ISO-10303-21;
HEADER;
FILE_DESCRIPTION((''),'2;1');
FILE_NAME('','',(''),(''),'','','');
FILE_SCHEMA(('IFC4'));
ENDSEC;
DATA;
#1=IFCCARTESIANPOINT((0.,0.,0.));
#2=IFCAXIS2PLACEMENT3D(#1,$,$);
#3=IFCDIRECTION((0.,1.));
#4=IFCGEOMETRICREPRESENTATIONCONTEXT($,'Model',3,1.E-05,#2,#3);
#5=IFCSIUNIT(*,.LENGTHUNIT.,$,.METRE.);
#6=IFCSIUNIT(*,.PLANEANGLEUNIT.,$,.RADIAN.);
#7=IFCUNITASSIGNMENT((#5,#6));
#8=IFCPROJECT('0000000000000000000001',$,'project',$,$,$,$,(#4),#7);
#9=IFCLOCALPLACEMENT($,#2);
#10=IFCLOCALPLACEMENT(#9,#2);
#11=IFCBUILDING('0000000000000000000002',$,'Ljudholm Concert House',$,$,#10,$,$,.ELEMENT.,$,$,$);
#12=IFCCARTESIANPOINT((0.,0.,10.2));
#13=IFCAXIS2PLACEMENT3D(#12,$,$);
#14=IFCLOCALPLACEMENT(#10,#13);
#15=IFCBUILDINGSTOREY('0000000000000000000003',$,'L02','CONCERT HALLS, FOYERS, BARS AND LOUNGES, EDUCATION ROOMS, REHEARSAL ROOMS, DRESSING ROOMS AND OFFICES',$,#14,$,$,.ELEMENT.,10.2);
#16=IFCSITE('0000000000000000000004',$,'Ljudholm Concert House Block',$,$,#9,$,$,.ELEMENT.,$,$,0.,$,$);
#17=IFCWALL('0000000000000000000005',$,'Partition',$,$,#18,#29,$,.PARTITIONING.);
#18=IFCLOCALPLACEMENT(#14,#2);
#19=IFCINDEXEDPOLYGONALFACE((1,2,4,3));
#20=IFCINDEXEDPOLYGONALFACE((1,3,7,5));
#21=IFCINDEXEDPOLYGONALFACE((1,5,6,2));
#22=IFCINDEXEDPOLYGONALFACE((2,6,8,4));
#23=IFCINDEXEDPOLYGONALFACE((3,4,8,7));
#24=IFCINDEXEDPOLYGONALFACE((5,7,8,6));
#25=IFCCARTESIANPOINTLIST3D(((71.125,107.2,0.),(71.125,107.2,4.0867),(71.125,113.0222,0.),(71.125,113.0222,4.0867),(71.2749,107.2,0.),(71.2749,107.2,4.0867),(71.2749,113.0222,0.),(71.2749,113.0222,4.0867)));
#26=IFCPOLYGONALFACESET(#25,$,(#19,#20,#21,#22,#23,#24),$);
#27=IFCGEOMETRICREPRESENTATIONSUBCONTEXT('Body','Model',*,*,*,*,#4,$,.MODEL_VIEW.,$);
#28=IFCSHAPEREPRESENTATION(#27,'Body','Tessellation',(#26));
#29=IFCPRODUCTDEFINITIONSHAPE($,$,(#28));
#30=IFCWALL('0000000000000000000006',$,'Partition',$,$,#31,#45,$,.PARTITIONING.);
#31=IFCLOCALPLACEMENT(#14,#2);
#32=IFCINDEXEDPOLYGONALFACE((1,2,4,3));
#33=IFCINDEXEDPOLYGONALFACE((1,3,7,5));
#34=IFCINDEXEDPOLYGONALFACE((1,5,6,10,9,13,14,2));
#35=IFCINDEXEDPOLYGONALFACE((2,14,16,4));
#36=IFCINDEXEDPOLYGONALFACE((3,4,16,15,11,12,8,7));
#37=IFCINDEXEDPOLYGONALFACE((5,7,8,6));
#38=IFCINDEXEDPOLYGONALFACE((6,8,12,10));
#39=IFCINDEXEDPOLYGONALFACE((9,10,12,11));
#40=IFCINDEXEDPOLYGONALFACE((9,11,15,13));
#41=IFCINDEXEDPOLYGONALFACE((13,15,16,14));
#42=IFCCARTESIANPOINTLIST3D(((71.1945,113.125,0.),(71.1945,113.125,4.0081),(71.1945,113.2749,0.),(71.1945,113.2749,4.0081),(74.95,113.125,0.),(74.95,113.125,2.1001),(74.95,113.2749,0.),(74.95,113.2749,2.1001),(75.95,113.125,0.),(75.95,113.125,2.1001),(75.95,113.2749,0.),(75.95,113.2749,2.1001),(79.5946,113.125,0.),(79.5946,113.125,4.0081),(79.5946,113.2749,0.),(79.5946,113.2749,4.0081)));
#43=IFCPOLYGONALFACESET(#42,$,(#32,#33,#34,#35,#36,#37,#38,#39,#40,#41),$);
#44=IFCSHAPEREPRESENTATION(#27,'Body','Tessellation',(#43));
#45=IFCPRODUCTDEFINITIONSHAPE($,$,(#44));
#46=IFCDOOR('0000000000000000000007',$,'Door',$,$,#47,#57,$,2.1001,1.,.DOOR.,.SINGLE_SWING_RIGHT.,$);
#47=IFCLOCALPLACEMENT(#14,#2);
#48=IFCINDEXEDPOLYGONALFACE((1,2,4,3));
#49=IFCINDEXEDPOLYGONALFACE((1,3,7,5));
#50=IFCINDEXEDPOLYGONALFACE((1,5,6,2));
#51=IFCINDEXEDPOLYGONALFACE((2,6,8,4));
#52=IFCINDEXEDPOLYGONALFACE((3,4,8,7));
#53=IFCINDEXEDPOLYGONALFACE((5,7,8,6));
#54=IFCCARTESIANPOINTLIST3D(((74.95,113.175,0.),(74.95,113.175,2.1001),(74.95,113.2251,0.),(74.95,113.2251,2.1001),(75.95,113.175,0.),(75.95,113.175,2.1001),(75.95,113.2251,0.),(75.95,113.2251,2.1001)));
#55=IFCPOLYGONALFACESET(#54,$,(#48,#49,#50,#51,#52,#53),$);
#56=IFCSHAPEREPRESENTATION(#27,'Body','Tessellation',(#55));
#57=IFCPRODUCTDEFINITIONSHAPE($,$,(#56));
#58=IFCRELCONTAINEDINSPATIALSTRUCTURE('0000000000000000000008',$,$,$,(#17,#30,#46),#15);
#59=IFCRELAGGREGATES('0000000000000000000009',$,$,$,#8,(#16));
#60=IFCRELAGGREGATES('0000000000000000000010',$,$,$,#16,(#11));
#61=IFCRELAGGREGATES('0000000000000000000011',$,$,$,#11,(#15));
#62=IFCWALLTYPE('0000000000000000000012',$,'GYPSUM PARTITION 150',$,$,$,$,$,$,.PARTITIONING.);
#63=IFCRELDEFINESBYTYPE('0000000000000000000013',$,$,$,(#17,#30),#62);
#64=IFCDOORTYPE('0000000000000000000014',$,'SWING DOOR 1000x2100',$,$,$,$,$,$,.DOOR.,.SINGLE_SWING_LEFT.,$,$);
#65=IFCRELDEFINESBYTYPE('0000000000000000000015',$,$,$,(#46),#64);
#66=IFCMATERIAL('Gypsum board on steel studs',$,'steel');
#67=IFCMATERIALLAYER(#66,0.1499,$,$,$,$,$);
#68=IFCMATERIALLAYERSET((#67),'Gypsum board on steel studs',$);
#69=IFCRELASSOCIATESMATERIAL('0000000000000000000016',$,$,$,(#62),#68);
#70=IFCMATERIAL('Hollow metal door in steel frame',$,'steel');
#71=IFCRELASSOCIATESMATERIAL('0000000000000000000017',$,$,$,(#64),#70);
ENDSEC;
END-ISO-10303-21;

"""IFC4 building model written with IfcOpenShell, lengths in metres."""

from ifc_helpers import new_model, si_unit, direction, frame, frame_2d, origin, place, context, subcontext, project, spatial, rectangle, extrude, material, layer, layer_set, type_object, element, fill, save


model = new_model("IFC4")

# Units and contexts
model_context = context("Model", 3, precision=1e-05, world=origin(), true_north=direction((0.0, 1.0)))
body_context = subcontext(model_context, "Body", "Model", "MODEL_VIEW")
ifc_project = project(units=[si_unit("LENGTHUNIT", "METRE"), si_unit("PLANEANGLEUNIT", "RADIAN")], contexts=[model_context])

# Site, building, storey
site_placement = place(None, origin())
site = spatial("IfcSite", under=ifc_project, at=site_placement, Name="Ljudholm Concert House Block", CompositionType="ELEMENT", RefElevation=0.0)
building_placement = place(site_placement, origin())
building = spatial("IfcBuilding", under=site, at=building_placement, Name="Ljudholm Concert House", CompositionType="ELEMENT")
storey_placement = place(building_placement, frame((0.0, 0.0, 10.2)))
storey = spatial("IfcBuildingStorey", under=building, at=storey_placement, Name="L02", Description="CONCERT HALLS, FOYERS, BARS AND LOUNGES, EDUCATION ROOMS, REHEARSAL ROOMS, DRESSING ROOMS AND OFFICES", CompositionType="ELEMENT", Elevation=10.2)

# Wall
ifc_material_1 = material(Name="Gypsum board on steel studs", Category="steel")
ifc_layer_1 = layer(ifc_material_1, 0.1499)
ifc_layer_set_1 = layer_set([ifc_layer_1], Name="Gypsum board on steel studs")
wall_type = type_object("IfcWallType", Name="GYPSUM PARTITION 150", PredefinedType="PARTITIONING", material=ifc_layer_set_1)
wall_1_placement = place(storey_placement, frame((71.2, 107.2, 0.0), z_axis=(0.0, 0.0, 1.0), x_axis=(0.0, 1.0, 0.0)))
element("IfcWall", 1, at=wall_1_placement, inside=storey, type_object=wall_type, Name="Partition", PredefinedType="PARTITIONING", context=body_context, shape_type="SweptSolid", body=[
    extrude(rectangle(XDim=5.8223, YDim=0.1499, at=frame_2d((2.9111, 0.0))), origin(), (0.0, 0.0, 1.0), 4.0867),
])

# Wall, opening, door
wall_2_placement = place(storey_placement, frame((71.1943, 113.2, 0.0), z_axis=(0.0, 0.0, 1.0), x_axis=(1.0, 0.0, 0.0)))
wall_2 = element("IfcWall", 2, at=wall_2_placement, inside=storey, type_object=wall_type, Name="Partition", PredefinedType="PARTITIONING", context=body_context, shape_type="SweptSolid", body=[
    extrude(rectangle(XDim=8.4001, YDim=0.1499, at=frame_2d((4.2002, 0.0))), origin(), (0.0, 0.0, 1.0), 4.0081),
])
opening_placement = place(wall_2_placement, frame((3.7556, 0.0, 0.0)))
opening = element("IfcOpeningElement", 3, at=opening_placement, cuts=wall_2, PredefinedType="OPENING", context=body_context, shape_type="SweptSolid", body=[
    extrude(rectangle(XDim=1.0, YDim=2.1001, at=frame_2d((0.5, 1.05))), frame((0.0, 0.085, 0.0), z_axis=(0.0, -1.0, 0.0), x_axis=(1.0, 0.0, 0.0)), (0.0, 0.0, 1.0), 0.1699),
])
ifc_material_2 = material(Name="Hollow metal door in steel frame", Category="steel")
door_type = type_object("IfcDoorType", Name="SWING DOOR 1000x2100", OperationType="SINGLE_SWING_LEFT", PredefinedType="DOOR", material=ifc_material_2)
door_placement = place(opening_placement, frame((1.0, 0.0, 0.0), z_axis=(0.0, 0.0, 1.0), x_axis=(-1.0, 0.0, 0.0)))
door = element("IfcDoor", 4, at=door_placement, inside=storey, type_object=door_type, Name="Door", OperationType="SINGLE_SWING_RIGHT", OverallHeight=2.1001, OverallWidth=1.0, PredefinedType="DOOR", context=body_context, shape_type="SweptSolid", body=[
    extrude(rectangle(XDim=1.0, YDim=2.1001, at=frame_2d((0.5, 1.05))), frame((0.0, 0.0249, 0.0), z_axis=(0.0, -1.0, 0.0), x_axis=(1.0, 0.0, 0.0)), (0.0, 0.0, 1.0), 0.05),
])
fill(opening, door)

save(model, "model.ifc")
